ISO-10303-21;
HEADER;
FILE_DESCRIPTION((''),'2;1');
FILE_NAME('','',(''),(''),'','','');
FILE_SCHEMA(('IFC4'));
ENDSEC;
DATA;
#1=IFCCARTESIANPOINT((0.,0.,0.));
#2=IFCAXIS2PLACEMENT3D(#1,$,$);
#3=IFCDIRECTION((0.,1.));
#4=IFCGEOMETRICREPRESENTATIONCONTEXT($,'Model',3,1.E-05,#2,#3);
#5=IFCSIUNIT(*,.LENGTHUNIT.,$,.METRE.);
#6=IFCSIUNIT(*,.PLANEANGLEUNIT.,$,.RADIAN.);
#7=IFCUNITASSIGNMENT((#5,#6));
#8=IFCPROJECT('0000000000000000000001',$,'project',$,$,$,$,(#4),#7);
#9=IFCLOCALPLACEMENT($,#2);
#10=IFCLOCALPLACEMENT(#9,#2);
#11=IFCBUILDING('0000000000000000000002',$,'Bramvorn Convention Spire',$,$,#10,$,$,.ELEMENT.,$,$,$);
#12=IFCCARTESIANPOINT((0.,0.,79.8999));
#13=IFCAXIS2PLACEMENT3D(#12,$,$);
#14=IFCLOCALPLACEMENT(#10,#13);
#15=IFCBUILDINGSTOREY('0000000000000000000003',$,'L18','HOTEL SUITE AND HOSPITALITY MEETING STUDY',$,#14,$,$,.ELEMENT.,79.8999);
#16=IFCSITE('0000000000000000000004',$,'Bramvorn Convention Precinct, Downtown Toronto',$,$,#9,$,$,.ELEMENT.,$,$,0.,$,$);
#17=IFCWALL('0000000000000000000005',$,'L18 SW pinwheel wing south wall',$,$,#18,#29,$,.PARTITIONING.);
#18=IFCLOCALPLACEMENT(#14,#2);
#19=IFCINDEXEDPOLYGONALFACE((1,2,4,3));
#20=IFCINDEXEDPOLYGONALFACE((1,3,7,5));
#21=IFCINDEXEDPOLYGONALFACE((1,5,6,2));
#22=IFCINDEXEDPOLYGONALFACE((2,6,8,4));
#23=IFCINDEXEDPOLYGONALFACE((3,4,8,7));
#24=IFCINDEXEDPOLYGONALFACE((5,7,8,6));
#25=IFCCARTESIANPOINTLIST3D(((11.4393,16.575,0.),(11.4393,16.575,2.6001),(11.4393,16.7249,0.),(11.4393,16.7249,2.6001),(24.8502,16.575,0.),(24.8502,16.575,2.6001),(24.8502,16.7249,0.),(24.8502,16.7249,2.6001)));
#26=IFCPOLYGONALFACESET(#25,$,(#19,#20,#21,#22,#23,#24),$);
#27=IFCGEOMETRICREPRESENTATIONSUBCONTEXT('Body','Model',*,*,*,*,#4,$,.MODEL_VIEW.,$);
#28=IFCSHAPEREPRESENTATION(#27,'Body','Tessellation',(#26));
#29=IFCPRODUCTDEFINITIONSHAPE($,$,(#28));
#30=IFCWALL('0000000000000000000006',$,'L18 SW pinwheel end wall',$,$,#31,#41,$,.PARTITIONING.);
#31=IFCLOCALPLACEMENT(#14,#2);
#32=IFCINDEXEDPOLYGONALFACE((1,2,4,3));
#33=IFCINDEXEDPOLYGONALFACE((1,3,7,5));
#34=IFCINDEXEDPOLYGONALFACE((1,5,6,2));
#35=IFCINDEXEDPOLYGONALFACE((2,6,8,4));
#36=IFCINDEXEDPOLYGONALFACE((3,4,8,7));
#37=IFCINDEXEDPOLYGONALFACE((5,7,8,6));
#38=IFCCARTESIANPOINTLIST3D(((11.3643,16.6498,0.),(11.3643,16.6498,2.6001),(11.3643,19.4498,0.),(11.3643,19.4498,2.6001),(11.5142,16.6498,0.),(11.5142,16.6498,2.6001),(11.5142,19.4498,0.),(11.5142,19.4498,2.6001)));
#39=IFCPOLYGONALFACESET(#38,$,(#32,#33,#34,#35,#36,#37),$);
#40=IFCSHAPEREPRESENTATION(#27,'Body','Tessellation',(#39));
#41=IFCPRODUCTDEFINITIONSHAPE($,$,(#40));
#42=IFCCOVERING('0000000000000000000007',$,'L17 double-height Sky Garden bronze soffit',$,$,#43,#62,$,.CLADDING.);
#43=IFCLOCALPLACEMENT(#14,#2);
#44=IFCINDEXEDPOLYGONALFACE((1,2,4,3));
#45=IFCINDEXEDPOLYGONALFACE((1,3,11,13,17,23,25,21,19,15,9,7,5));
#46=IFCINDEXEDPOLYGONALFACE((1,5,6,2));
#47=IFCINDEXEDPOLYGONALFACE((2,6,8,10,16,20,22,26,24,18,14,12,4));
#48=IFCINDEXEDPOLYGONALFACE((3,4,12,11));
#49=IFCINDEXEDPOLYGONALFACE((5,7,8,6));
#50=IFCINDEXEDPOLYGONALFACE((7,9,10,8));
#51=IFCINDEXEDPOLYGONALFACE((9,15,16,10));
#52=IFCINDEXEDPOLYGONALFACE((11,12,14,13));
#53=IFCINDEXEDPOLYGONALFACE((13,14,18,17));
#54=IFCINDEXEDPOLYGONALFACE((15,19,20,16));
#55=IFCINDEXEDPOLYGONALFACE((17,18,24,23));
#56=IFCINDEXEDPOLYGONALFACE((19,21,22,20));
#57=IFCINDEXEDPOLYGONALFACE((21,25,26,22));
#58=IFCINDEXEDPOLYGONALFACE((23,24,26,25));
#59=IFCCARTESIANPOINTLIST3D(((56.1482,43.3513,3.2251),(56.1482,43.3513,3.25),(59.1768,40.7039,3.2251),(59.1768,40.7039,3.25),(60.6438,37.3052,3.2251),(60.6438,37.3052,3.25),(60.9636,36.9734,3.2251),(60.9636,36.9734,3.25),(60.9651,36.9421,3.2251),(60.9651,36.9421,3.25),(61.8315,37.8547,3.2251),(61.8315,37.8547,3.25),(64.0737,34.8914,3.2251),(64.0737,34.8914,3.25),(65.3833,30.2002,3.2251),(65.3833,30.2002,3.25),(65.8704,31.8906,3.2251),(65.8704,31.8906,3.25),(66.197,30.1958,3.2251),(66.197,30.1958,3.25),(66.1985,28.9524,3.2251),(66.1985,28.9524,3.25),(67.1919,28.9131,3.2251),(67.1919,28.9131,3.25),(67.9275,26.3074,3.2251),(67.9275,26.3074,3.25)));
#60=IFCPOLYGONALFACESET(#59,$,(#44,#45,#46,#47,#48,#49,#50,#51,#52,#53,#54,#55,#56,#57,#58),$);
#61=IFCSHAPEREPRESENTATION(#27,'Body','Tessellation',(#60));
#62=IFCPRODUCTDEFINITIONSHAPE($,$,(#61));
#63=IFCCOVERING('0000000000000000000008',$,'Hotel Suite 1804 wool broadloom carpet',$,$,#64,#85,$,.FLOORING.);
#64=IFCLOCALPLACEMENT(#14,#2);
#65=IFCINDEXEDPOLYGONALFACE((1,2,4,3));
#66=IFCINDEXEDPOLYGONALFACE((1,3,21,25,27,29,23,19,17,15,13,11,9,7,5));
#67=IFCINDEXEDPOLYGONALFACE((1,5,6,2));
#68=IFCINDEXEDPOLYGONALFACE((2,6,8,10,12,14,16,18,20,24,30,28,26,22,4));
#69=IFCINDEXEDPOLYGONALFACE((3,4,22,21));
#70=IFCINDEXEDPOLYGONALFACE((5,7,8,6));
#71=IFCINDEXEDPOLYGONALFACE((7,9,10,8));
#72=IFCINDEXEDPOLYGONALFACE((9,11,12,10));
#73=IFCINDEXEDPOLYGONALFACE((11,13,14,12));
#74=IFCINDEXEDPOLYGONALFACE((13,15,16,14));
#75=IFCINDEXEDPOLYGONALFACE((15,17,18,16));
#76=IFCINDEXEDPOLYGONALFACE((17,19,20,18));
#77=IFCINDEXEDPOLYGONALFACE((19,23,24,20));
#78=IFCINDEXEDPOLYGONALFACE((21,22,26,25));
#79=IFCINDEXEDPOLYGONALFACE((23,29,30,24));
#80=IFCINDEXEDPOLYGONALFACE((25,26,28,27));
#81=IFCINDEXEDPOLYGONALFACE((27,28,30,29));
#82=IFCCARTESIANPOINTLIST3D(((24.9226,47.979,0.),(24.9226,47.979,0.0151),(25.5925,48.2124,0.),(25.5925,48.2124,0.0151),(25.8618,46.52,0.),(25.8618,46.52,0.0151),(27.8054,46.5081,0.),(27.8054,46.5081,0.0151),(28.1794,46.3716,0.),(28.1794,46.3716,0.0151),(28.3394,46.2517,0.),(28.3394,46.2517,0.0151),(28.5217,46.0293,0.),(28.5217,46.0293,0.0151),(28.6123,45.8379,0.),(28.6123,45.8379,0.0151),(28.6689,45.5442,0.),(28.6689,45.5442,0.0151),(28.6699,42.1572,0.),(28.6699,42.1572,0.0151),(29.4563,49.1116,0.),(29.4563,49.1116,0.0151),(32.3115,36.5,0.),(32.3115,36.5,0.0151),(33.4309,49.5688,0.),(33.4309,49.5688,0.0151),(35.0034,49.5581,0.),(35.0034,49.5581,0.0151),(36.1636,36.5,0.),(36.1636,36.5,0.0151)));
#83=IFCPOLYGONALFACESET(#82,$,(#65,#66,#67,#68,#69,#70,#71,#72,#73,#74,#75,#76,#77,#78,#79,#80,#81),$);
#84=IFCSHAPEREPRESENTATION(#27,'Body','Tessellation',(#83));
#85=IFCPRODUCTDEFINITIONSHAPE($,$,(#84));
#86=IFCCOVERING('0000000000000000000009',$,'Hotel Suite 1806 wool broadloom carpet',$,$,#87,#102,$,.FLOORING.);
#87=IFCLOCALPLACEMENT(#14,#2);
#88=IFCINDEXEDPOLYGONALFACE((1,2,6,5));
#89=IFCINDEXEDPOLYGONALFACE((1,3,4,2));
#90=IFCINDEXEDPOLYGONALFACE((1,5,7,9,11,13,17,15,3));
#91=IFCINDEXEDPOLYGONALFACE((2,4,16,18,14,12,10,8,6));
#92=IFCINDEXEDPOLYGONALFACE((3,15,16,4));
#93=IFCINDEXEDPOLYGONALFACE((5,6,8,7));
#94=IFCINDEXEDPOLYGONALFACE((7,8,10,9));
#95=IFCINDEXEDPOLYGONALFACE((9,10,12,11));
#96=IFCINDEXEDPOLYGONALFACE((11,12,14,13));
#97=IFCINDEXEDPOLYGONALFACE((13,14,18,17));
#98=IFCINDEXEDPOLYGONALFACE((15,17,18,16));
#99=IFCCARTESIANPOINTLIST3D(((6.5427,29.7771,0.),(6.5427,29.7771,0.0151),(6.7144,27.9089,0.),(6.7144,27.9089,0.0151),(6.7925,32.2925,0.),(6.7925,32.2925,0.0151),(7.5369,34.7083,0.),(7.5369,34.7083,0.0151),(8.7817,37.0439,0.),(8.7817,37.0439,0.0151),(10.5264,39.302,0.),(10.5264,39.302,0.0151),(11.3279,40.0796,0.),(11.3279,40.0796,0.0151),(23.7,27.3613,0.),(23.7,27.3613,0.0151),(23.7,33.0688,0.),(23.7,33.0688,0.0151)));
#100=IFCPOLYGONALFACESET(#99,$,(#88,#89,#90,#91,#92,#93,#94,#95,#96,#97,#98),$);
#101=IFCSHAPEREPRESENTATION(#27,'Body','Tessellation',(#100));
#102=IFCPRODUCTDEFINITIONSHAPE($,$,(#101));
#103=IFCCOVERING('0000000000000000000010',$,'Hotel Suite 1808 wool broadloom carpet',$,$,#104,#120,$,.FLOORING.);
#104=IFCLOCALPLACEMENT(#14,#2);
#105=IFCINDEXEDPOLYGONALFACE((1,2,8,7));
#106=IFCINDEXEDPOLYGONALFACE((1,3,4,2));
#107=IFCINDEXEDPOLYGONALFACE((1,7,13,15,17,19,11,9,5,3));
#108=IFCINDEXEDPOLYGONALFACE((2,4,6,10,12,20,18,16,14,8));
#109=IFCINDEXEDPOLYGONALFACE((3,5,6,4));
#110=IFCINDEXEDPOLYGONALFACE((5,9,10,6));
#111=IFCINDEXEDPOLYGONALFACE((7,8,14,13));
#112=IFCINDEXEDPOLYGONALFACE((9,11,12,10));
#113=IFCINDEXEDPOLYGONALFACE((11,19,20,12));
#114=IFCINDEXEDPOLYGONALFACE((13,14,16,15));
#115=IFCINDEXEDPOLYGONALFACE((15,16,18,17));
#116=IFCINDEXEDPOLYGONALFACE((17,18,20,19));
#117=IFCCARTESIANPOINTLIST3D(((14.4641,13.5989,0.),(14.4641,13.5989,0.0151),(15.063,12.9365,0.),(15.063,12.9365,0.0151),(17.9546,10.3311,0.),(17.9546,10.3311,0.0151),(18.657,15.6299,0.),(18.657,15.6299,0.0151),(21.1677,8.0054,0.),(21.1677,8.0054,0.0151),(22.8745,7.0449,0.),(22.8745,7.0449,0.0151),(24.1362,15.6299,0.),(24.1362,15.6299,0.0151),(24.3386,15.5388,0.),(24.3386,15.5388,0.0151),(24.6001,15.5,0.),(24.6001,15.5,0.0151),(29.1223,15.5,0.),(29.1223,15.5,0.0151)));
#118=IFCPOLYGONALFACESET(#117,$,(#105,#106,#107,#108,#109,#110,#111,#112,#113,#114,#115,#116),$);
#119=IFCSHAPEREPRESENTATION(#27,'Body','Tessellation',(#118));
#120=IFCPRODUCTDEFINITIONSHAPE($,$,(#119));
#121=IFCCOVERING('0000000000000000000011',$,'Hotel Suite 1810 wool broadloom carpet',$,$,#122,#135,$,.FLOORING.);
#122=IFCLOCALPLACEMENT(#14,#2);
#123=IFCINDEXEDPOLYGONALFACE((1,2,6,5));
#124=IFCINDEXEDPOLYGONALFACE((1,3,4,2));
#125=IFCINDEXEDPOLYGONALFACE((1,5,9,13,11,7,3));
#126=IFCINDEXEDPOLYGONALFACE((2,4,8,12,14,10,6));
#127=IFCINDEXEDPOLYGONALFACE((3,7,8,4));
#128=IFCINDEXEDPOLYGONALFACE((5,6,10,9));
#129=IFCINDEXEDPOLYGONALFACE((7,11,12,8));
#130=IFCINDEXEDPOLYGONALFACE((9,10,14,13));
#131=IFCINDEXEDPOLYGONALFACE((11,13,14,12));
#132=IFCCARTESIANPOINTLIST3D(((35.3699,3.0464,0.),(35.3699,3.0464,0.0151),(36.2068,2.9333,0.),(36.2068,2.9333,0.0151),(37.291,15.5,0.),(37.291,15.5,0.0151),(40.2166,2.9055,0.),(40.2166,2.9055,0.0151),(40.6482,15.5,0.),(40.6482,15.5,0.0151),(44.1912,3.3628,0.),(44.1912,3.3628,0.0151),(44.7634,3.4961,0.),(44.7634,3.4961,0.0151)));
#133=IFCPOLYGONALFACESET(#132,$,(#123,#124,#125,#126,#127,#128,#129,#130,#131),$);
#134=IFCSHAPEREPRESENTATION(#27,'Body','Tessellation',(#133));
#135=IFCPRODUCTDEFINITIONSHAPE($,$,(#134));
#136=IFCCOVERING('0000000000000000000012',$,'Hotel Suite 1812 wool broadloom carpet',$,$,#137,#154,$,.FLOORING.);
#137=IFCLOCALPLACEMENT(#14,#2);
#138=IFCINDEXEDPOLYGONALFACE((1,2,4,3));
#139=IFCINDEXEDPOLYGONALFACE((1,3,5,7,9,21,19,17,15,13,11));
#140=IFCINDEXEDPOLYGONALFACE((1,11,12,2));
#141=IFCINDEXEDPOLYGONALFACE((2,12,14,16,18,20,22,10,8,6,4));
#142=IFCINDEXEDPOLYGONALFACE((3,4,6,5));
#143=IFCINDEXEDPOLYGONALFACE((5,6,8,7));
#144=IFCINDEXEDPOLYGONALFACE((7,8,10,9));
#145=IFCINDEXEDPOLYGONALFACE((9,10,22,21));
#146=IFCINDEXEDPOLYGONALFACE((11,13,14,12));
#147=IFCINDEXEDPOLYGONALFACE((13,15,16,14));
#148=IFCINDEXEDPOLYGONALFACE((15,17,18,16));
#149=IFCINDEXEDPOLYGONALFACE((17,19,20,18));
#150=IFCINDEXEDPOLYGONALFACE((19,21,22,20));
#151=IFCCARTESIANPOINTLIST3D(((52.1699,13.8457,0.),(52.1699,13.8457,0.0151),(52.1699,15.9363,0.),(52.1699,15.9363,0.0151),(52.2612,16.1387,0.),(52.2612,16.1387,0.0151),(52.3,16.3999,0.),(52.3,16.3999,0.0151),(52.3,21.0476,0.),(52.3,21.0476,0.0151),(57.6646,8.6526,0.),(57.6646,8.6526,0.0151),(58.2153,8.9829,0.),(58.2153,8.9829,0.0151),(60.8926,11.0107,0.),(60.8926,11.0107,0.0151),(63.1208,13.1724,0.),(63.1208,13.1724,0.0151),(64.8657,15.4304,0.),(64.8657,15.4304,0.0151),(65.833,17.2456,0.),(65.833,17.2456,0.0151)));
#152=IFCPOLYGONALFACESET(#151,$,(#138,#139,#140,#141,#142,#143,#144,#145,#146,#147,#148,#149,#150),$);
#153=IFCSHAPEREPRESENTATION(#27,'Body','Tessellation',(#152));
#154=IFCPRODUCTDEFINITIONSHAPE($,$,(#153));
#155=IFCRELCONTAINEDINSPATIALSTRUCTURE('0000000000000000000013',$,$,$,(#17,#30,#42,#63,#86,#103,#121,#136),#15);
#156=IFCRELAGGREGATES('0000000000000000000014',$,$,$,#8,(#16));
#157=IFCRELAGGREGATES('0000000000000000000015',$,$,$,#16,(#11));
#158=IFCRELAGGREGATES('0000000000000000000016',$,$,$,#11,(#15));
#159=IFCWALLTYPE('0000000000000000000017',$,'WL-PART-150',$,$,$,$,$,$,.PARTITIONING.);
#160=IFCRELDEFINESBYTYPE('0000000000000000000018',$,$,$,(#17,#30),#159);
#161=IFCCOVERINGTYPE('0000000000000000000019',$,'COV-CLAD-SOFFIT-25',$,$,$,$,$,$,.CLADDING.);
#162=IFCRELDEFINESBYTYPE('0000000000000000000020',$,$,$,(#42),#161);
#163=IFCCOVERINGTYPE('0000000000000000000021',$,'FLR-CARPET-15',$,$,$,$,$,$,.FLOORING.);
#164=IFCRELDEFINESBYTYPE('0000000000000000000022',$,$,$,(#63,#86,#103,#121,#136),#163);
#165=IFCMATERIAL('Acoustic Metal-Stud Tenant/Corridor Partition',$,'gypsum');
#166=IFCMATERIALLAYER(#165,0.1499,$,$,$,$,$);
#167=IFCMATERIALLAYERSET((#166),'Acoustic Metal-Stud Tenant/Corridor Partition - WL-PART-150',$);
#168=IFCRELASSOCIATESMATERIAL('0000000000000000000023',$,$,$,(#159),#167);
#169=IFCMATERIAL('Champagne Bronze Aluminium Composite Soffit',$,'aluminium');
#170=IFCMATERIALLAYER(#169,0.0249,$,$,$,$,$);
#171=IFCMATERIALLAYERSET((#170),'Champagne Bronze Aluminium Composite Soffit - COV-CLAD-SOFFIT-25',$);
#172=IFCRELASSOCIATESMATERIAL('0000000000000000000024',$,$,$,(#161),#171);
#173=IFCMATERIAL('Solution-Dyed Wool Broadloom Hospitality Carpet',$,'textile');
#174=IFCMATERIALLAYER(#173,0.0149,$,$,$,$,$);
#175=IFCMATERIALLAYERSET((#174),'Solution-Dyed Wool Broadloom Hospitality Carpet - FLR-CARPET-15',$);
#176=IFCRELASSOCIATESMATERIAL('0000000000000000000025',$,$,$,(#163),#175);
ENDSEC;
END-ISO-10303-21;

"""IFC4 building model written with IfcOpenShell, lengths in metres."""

from ifc_helpers import new_model, si_unit, direction, frame, frame_2d, origin, place, context, subcontext, project, spatial, polyline, rectangle, outline, extrude, material, layer, layer_set, type_object, element, save


model = new_model("IFC4")

# Units and contexts
model_context = context("Model", 3, precision=1e-05, world=origin(), true_north=direction((0.0, 1.0)))
body_context = subcontext(model_context, "Body", "Model", "MODEL_VIEW")
ifc_project = project(units=[si_unit("LENGTHUNIT", "METRE"), si_unit("PLANEANGLEUNIT", "RADIAN")], contexts=[model_context])

# Site, building, storey
site_placement = place(None, origin())
site = spatial("IfcSite", under=ifc_project, at=site_placement, Name="Bramvorn Convention Precinct, Downtown Toronto", CompositionType="ELEMENT", RefElevation=0.0)
building_placement = place(site_placement, origin())
building = spatial("IfcBuilding", under=site, at=building_placement, Name="Bramvorn Convention Spire", CompositionType="ELEMENT")
storey_placement = place(building_placement, frame((0.0, 0.0, 79.8999)))
storey = spatial("IfcBuildingStorey", under=building, at=storey_placement, Name="L18", Description="HOTEL SUITE AND HOSPITALITY MEETING STUDY", CompositionType="ELEMENT", Elevation=79.8999)

# Walls
ifc_material_1 = material(Name="Acoustic Metal-Stud Tenant/Corridor Partition", Category="gypsum")
ifc_layer_1 = layer(ifc_material_1, 0.1499)
ifc_layer_set_1 = layer_set([ifc_layer_1], Name="Acoustic Metal-Stud Tenant/Corridor Partition - WL-PART-150")
wall_type_1 = type_object("IfcWallType", Name="WL-PART-150", PredefinedType="PARTITIONING", material=ifc_layer_set_1)
for number, where, z_axis, x_axis, name in (
    (1, (11.4392, 16.6499, 0.0), (0.0, 0.0, 1.0), (1.0, 0.0, 0.0), "L18 SW pinwheel wing south wall"),
):
    element("IfcWall", number, at=place(storey_placement, frame(where, z_axis=z_axis, x_axis=x_axis)), inside=storey, type_object=wall_type_1, Name=name, PredefinedType="PARTITIONING", context=body_context, shape_type="SweptSolid", body=[
        extrude(rectangle(XDim=13.4109, YDim=0.1499, at=frame_2d((6.7056, 0.0))), origin(), (0.0, 0.0, 1.0), 2.6001),
    ])
wall_1_placement = place(storey_placement, frame((11.4392, 16.6499, 0.0), z_axis=(0.0, 0.0, 1.0), x_axis=(0.0, 1.0, 0.0)))
element("IfcWall", 2, at=wall_1_placement, inside=storey, type_object=wall_type_1, Name="L18 SW pinwheel end wall", PredefinedType="PARTITIONING", context=body_context, shape_type="SweptSolid", body=[
    extrude(rectangle(XDim=2.8, YDim=0.1499, at=frame_2d((1.3999, 0.0))), origin(), (0.0, 0.0, 1.0), 2.6001),
])

# Coverings
ifc_material_2 = material(Name="Champagne Bronze Aluminium Composite Soffit", Category="aluminium")
ifc_layer_2 = layer(ifc_material_2, 0.0249)
ifc_layer_set_2 = layer_set([ifc_layer_2], Name="Champagne Bronze Aluminium Composite Soffit - COV-CLAD-SOFFIT-25")
covering_type_1 = type_object("IfcCoveringType", Name="COV-CLAD-SOFFIT-25", PredefinedType="CLADDING", material=ifc_layer_set_2)
covering_1_placement = place(storey_placement, frame((0.0, 0.0, 3.2251)))
element("IfcCovering", 3, at=covering_1_placement, inside=storey, type_object=covering_type_1, Name="L17 double-height Sky Garden bronze soffit", PredefinedType="CLADDING", context=body_context, shape_type="SweptSolid", body=[
    extrude(outline(polyline([(60.9636, 36.9734), (60.9651, 36.9421), (65.3833, 30.2002), (66.197, 30.1958), (66.1985, 28.9524), (67.9275, 26.3074), (67.1919, 28.9131), (65.8704, 31.8906), (64.0737, 34.8914), (61.8315, 37.8547), (59.1768, 40.7039), (56.1482, 43.3513), (60.6438, 37.3052), (60.9636, 36.9734)])), origin(), (0.0, 0.0, 1.0), 0.0249),
])
ifc_material_3 = material(Name="Solution-Dyed Wool Broadloom Hospitality Carpet", Category="textile")
ifc_layer_3 = layer(ifc_material_3, 0.0149)
ifc_layer_set_3 = layer_set([ifc_layer_3], Name="Solution-Dyed Wool Broadloom Hospitality Carpet - FLR-CARPET-15")
covering_type_2 = type_object("IfcCoveringType", Name="FLR-CARPET-15", PredefinedType="FLOORING", material=ifc_layer_set_3)
covering_2_placement = place(storey_placement, origin())
element("IfcCovering", 4, at=covering_2_placement, inside=storey, type_object=covering_type_2, Name="Hotel Suite 1804 wool broadloom carpet", PredefinedType="FLOORING", context=body_context, shape_type="SweptSolid", body=[
    extrude(outline(polyline([(25.5925, 48.2124), (24.9226, 47.979), (25.8618, 46.52), (27.8054, 46.5081), (28.1794, 46.3716), (28.3394, 46.2517), (28.5217, 46.0293), (28.6123, 45.8379), (28.6689, 45.5442), (28.6699, 42.1572), (32.3115, 36.5), (36.1636, 36.5), (35.0034, 49.5581), (33.4309, 49.5688), (29.4563, 49.1116), (25.5925, 48.2124)])), origin(), (0.0, 0.0, 1.0), 0.0151),
])
covering_3_placement = place(storey_placement, origin())
element("IfcCovering", 5, at=covering_3_placement, inside=storey, type_object=covering_type_2, Name="Hotel Suite 1806 wool broadloom carpet", PredefinedType="FLOORING", context=body_context, shape_type="SweptSolid", body=[
    extrude(outline(polyline([(6.5427, 29.7771), (6.7144, 27.9089), (23.7, 27.3613), (23.7, 33.0688), (11.3279, 40.0796), (10.5264, 39.302), (8.7817, 37.0439), (7.5369, 34.7083), (6.7925, 32.2925), (6.5427, 29.7771)])), origin(), (0.0, 0.0, 1.0), 0.0151),
])
covering_4_placement = place(storey_placement, origin())
element("IfcCovering", 6, at=covering_4_placement, inside=storey, type_object=covering_type_2, Name="Hotel Suite 1808 wool broadloom carpet", PredefinedType="FLOORING", context=body_context, shape_type="SweptSolid", body=[
    extrude(outline(polyline([(21.1677, 8.0054), (22.8745, 7.0449), (29.1223, 15.5), (24.6001, 15.5), (24.3386, 15.5388), (24.1362, 15.6299), (18.657, 15.6299), (14.4641, 13.5989), (15.063, 12.9365), (17.9546, 10.3311), (21.1677, 8.0054)])), origin(), (0.0, 0.0, 1.0), 0.0151),
])
covering_5_placement = place(storey_placement, origin())
element("IfcCovering", 7, at=covering_5_placement, inside=storey, type_object=covering_type_2, Name="Hotel Suite 1810 wool broadloom carpet", PredefinedType="FLOORING", context=body_context, shape_type="SweptSolid", body=[
    extrude(outline(polyline([(44.1912, 3.3628), (44.7634, 3.4961), (40.6482, 15.5), (37.291, 15.5), (35.3699, 3.0464), (36.2068, 2.9333), (40.2166, 2.9055), (44.1912, 3.3628)])), origin(), (0.0, 0.0, 1.0), 0.0151),
])
covering_6_placement = place(storey_placement, origin())
element("IfcCovering", 8, at=covering_6_placement, inside=storey, type_object=covering_type_2, Name="Hotel Suite 1812 wool broadloom carpet", PredefinedType="FLOORING", context=body_context, shape_type="SweptSolid", body=[
    extrude(outline(polyline([(52.1699, 13.8457), (57.6646, 8.6526), (58.2153, 8.9829), (60.8926, 11.0107), (63.1208, 13.1724), (64.8657, 15.4304), (65.833, 17.2456), (52.3, 21.0476), (52.3, 16.3999), (52.2612, 16.1387), (52.1699, 15.9363), (52.1699, 13.8457)])), origin(), (0.0, 0.0, 1.0), 0.0151),
])

save(model, "model.ifc")
